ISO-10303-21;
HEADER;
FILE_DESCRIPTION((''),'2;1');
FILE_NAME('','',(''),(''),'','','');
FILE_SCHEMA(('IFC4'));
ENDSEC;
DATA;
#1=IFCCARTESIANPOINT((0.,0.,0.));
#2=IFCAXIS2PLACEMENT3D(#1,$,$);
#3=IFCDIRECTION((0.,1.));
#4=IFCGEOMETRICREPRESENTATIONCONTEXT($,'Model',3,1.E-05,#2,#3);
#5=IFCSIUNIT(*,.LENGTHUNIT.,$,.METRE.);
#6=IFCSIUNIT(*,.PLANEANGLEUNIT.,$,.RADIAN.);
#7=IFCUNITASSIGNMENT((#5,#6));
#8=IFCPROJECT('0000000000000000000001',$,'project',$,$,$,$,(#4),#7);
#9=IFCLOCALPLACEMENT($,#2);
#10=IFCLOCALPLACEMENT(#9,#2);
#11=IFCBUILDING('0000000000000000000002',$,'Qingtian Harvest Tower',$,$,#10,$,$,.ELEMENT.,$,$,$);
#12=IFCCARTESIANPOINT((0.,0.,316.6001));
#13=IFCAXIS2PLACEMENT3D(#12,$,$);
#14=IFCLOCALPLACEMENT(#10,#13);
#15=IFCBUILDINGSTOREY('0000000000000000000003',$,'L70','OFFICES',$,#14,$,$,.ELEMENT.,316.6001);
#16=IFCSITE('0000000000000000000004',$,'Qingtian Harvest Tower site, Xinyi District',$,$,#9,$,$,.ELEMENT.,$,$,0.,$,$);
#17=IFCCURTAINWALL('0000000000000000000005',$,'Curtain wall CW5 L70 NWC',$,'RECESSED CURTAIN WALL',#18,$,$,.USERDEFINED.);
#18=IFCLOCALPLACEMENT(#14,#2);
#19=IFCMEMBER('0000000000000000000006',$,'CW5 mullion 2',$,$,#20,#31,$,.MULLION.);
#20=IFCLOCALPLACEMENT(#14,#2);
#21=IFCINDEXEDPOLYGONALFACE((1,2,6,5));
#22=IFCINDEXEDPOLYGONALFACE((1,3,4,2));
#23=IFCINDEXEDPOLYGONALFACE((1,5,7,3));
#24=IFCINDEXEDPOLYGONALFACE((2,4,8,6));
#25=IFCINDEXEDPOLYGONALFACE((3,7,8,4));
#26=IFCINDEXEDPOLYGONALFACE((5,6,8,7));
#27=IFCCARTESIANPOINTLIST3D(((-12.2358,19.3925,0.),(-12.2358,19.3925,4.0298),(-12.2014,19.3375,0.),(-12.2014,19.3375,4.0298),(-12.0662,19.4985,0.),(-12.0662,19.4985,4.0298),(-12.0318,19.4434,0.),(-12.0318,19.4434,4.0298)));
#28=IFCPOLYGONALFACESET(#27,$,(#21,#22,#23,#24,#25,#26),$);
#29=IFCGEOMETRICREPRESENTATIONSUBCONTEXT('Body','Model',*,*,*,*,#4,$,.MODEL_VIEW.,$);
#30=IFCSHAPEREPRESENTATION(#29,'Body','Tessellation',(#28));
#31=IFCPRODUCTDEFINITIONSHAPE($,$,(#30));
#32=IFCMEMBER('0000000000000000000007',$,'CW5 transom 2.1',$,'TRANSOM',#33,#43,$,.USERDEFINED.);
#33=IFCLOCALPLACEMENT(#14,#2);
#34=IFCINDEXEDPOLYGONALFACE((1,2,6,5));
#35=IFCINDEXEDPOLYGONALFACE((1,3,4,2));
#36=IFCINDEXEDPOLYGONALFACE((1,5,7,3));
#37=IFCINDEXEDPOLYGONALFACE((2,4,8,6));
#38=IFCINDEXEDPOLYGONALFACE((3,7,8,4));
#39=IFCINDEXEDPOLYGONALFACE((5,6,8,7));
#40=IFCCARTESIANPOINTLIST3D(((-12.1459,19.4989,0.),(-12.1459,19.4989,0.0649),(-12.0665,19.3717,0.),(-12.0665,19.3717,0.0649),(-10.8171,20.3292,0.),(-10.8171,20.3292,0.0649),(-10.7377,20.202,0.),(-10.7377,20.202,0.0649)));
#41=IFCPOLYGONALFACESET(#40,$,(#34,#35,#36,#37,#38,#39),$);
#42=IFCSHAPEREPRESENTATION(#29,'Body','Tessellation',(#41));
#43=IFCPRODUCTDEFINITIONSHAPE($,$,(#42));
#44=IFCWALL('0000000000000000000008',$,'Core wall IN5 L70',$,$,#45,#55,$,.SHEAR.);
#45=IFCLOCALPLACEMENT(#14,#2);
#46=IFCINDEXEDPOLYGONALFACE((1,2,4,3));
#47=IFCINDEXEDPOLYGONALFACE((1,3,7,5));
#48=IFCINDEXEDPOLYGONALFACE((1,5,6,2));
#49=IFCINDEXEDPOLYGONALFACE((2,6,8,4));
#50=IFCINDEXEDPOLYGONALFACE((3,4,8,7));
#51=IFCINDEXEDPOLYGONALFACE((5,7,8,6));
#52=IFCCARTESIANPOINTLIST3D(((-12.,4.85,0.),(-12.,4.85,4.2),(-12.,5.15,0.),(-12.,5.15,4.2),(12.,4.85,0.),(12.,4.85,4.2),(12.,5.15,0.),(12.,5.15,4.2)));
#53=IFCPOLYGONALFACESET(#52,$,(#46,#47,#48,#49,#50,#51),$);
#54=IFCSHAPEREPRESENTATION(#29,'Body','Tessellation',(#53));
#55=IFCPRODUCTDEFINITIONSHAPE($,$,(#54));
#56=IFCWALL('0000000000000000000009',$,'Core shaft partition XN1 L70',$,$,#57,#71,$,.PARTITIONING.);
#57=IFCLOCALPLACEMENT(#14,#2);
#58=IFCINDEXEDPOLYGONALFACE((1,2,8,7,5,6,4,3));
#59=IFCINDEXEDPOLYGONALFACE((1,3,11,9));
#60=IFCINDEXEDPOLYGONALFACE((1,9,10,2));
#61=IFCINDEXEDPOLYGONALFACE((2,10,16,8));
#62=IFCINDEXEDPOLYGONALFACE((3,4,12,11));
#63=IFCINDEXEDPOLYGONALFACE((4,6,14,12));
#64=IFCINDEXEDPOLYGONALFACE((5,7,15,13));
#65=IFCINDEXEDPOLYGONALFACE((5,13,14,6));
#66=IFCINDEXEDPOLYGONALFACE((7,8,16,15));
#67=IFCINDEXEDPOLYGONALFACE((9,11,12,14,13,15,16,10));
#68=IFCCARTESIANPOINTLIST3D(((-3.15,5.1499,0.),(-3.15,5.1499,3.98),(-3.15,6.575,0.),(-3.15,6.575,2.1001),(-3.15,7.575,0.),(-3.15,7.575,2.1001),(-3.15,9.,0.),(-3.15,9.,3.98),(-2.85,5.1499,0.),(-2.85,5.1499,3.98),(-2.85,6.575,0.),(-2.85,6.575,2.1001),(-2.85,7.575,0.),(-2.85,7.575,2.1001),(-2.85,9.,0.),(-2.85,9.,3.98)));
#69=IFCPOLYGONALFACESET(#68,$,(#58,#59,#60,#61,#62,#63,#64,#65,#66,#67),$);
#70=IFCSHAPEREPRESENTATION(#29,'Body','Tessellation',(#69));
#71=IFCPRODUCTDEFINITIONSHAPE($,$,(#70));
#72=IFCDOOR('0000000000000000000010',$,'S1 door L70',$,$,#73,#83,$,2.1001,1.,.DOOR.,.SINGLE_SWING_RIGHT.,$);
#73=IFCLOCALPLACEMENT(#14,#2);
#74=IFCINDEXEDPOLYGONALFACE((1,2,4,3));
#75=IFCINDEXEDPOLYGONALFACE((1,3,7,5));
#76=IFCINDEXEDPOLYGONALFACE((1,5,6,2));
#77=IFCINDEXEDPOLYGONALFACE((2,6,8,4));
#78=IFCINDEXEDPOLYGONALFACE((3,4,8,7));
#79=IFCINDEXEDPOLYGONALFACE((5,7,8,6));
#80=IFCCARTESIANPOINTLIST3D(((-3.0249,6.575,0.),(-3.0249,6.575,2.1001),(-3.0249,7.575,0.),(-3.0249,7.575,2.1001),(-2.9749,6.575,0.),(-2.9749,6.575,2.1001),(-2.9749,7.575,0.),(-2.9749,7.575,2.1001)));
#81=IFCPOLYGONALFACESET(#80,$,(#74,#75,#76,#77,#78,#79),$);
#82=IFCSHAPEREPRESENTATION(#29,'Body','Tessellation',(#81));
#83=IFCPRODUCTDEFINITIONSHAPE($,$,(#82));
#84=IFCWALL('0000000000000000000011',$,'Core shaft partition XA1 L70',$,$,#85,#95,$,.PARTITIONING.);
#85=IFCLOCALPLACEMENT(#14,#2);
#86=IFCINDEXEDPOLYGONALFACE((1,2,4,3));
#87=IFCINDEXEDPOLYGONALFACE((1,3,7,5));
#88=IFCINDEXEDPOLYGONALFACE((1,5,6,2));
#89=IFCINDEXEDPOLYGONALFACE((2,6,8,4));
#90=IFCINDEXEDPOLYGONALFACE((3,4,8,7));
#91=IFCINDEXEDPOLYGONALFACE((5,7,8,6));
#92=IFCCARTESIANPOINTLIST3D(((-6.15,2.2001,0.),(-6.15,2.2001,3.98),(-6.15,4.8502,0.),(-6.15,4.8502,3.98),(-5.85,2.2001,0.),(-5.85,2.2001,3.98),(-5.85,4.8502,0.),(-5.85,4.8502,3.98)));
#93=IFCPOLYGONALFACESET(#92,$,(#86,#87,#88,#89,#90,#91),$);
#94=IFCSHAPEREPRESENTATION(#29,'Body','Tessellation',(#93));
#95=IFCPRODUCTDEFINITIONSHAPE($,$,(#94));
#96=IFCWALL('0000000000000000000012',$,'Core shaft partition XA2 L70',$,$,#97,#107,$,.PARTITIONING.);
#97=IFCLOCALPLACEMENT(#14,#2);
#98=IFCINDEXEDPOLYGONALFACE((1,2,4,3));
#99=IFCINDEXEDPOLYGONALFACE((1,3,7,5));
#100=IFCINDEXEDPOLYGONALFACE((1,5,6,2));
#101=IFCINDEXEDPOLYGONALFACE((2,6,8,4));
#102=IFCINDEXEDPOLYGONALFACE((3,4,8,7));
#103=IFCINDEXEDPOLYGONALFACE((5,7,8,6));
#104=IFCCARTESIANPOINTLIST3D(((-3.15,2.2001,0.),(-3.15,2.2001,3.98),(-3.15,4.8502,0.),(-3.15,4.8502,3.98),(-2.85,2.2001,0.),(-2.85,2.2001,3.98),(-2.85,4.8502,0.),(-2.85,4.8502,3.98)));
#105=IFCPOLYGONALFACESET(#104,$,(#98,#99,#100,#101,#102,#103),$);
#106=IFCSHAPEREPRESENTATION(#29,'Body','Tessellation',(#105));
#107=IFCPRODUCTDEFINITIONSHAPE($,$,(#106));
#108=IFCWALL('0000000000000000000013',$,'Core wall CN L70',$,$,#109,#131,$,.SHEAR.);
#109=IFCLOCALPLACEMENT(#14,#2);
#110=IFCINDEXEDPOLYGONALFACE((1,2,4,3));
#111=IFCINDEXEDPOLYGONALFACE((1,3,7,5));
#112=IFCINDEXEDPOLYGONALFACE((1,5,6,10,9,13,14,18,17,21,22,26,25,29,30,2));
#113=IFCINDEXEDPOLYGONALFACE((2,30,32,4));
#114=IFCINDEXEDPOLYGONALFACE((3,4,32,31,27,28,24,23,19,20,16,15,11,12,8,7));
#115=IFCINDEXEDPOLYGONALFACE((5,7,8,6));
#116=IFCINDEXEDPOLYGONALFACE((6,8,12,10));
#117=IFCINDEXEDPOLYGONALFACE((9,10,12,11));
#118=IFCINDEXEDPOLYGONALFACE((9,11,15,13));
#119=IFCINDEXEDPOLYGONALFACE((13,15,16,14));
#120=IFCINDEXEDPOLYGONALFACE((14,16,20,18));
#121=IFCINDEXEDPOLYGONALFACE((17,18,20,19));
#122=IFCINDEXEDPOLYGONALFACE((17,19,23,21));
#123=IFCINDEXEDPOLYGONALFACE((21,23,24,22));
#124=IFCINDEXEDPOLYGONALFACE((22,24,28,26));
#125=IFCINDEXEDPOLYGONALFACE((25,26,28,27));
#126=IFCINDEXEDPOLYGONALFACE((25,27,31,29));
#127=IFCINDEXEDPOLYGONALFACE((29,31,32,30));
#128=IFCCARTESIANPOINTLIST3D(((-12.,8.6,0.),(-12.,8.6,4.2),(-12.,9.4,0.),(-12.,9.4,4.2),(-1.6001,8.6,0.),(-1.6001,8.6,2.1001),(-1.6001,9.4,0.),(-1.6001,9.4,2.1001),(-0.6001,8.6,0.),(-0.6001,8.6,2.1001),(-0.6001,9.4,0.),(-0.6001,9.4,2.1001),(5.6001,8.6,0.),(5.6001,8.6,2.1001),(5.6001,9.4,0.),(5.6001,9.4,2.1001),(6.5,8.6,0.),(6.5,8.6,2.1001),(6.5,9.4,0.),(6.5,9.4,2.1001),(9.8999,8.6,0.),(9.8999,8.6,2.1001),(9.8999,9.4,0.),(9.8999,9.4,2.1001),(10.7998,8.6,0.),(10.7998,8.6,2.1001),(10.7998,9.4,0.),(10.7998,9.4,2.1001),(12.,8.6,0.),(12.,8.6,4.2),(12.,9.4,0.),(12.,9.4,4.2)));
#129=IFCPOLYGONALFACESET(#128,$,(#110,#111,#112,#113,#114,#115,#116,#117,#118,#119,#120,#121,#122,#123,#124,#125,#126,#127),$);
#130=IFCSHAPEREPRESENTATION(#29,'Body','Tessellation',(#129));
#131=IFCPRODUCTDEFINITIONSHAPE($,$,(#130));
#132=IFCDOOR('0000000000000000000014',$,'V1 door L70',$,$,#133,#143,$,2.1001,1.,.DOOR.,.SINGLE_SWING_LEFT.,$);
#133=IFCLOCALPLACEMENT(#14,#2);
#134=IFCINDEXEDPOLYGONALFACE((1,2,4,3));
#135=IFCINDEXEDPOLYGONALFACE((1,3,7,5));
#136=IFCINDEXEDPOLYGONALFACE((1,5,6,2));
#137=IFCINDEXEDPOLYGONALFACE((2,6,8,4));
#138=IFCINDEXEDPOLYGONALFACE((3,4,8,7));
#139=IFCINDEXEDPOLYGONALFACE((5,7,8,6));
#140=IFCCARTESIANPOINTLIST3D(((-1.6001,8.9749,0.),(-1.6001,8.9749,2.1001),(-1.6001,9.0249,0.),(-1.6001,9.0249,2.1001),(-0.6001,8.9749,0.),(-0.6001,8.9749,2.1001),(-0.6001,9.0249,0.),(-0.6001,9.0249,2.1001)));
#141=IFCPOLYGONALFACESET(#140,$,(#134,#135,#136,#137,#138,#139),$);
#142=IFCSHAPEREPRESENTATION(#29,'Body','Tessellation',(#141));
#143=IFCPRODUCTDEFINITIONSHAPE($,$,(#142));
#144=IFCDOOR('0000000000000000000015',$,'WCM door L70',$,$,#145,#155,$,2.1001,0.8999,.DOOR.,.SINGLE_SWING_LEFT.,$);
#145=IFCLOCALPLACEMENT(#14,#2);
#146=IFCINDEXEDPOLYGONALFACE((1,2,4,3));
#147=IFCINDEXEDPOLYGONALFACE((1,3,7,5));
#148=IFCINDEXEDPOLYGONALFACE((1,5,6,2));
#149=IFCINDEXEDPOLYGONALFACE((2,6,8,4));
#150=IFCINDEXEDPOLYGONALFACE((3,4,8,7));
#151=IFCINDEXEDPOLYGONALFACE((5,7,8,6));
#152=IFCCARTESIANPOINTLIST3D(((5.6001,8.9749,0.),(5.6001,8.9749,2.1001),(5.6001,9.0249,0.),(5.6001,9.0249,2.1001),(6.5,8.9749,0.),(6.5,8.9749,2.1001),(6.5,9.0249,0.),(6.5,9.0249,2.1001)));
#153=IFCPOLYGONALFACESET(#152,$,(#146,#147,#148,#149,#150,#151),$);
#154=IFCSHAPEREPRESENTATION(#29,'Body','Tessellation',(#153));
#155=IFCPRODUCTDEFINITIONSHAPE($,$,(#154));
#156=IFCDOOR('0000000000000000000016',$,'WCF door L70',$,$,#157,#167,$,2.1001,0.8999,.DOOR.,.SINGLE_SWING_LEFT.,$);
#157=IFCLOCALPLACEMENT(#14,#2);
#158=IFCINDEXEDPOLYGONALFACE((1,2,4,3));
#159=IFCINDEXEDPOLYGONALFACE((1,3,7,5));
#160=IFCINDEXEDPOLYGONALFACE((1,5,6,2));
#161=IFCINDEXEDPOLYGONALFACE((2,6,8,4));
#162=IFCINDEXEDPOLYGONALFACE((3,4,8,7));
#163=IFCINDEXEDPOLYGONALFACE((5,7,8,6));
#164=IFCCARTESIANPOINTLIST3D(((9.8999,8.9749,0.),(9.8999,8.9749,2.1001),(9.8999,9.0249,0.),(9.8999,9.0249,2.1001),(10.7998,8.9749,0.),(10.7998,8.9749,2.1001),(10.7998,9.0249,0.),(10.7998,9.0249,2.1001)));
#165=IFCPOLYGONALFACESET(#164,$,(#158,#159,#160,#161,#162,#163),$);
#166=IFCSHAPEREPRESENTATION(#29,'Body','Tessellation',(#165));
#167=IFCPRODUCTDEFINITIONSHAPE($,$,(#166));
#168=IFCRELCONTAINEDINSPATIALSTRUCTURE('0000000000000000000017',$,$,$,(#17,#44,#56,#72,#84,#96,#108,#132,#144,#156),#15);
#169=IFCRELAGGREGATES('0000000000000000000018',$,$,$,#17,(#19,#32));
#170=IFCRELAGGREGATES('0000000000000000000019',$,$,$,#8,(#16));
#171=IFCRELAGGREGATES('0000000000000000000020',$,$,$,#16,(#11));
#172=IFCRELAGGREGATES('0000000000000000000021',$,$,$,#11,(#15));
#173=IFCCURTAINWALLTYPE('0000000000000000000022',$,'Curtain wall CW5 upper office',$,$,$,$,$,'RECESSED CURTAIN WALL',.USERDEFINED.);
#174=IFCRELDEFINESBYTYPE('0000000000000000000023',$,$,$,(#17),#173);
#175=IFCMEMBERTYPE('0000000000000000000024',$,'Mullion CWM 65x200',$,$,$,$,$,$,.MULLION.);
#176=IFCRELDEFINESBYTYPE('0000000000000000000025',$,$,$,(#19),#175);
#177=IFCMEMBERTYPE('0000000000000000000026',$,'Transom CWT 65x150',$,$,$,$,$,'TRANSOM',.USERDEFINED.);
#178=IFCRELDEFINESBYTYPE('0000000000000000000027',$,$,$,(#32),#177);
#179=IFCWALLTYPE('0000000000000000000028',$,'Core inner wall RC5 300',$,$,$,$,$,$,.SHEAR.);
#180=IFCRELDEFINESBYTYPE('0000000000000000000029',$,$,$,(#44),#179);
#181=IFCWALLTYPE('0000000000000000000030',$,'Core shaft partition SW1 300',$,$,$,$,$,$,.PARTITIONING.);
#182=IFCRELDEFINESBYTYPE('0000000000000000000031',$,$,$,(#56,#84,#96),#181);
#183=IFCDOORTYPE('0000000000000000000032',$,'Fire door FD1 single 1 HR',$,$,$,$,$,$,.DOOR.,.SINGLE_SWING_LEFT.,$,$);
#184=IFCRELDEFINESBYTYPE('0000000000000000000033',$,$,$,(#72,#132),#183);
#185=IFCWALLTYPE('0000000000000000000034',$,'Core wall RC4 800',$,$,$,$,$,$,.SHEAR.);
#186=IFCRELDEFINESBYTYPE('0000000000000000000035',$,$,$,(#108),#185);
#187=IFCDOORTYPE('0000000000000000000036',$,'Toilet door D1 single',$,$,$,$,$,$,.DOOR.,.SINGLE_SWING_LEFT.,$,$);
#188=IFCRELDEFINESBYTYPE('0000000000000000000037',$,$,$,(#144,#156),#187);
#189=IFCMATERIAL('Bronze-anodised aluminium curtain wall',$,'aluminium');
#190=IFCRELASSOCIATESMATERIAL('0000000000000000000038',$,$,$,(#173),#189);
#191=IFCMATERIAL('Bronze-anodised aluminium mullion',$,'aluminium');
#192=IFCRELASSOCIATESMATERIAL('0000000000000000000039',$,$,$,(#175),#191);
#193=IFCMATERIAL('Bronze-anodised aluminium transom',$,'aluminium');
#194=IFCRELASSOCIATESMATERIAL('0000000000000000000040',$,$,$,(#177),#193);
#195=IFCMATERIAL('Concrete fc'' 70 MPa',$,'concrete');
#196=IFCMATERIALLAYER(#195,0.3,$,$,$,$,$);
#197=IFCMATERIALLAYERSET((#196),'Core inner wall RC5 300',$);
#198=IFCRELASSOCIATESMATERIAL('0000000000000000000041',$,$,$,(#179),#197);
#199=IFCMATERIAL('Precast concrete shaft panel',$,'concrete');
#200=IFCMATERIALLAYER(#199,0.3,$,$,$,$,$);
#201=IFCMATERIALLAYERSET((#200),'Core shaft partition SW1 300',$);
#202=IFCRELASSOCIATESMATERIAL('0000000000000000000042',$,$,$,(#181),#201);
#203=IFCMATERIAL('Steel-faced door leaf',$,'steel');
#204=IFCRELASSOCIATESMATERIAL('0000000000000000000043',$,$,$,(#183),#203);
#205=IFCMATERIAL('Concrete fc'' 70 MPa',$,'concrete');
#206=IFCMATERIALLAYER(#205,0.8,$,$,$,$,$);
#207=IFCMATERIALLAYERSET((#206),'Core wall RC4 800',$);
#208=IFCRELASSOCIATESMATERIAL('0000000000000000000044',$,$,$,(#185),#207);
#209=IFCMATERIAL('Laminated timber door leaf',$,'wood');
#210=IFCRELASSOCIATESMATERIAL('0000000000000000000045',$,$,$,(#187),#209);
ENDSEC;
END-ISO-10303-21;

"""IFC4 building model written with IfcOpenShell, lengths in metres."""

from ifc_helpers import new_model, si_unit, direction, frame, frame_2d, origin, origin_2d, place, context, subcontext, project, spatial, rectangle, extrude, material, layer, layer_set, material_profile, profile_set, type_object, element, fill, aggregate, save


model = new_model("IFC4")

# Units and contexts
model_context = context("Model", 3, precision=1e-05, world=origin(), true_north=direction((0.0, 1.0)))
body_context = subcontext(model_context, "Body", "Model", "MODEL_VIEW")
ifc_project = project(units=[si_unit("LENGTHUNIT", "METRE"), si_unit("PLANEANGLEUNIT", "RADIAN")], contexts=[model_context])

# Site, building, storey
site_placement = place(None, origin())
site = spatial("IfcSite", under=ifc_project, at=site_placement, Name="Qingtian Harvest Tower site, Xinyi District", CompositionType="ELEMENT", RefElevation=0.0)
building_placement = place(site_placement, origin())
building = spatial("IfcBuilding", under=site, at=building_placement, Name="Qingtian Harvest Tower", CompositionType="ELEMENT")
storey_placement = place(building_placement, frame((0.0, 0.0, 316.6001)))
storey = spatial("IfcBuildingStorey", under=building, at=storey_placement, Name="L70", Description="OFFICES", CompositionType="ELEMENT", Elevation=316.6001)

# Curtain wall, members
ifc_material_1 = material(Name="Bronze-anodised aluminium curtain wall", Category="aluminium")
curtain_wall_type = type_object("IfcCurtainWallType", Name="Curtain wall CW5 upper office", ElementType="RECESSED CURTAIN WALL", PredefinedType="USERDEFINED", material=ifc_material_1)
curtain_wall_placement = place(storey_placement, origin())
curtain_wall = element("IfcCurtainWall", 1, at=curtain_wall_placement, inside=storey, type_object=curtain_wall_type, Name="Curtain wall CW5 L70 NWC", ObjectType="RECESSED CURTAIN WALL", PredefinedType="USERDEFINED")
ifc_material_2 = material(Name="Bronze-anodised aluminium mullion", Category="aluminium")
ifc_material_profile_1 = material_profile(ifc_material_2, rectangle(XDim=0.0649, YDim=0.2, at=origin_2d()), Name="AL 65x200")
ifc_profile_set_1 = profile_set([ifc_material_profile_1], Name="Bronze-anodised aluminium mullion")
member_type_1 = type_object("IfcMemberType", Name="Mullion CWM 65x200", PredefinedType="MULLION", material=ifc_profile_set_1)
member_1_placement = place(storey_placement, frame((-12.1338, 19.418, 0.0), z_axis=(0.0, 0.0, 1.0), x_axis=(-0.529919, 0.848048, 0.0)))
member_1 = element("IfcMember", 2, at=member_1_placement, type_object=member_type_1, Name="CW5 mullion 2", PredefinedType="MULLION", context=body_context, shape_type="SweptSolid", body=[
    extrude(rectangle(XDim=0.0649, YDim=0.2, at=origin_2d()), origin(), (0.0, 0.0, 1.0), 4.0298),
])
ifc_material_3 = material(Name="Bronze-anodised aluminium transom", Category="aluminium")
ifc_material_profile_2 = material_profile(ifc_material_3, rectangle(XDim=0.1499, YDim=0.0649, at=origin_2d()), Name="AL 65x150")
ifc_profile_set_2 = profile_set([ifc_material_profile_2], Name="Bronze-anodised aluminium transom")
member_type_2 = type_object("IfcMemberType", Name="Transom CWT 65x150", ElementType="TRANSOM", PredefinedType="USERDEFINED", material=ifc_profile_set_2)
member_2_placement = place(storey_placement, frame((-12.1062, 19.4353, 0.0325), z_axis=(0.84806, 0.529901, 0.0), x_axis=(-0.529901, 0.84806, 0.0)))
member_2 = element("IfcMember", 3, at=member_2_placement, type_object=member_type_2, Name="CW5 transom 2.1", ObjectType="TRANSOM", PredefinedType="USERDEFINED", context=body_context, shape_type="SweptSolid", body=[
    extrude(rectangle(XDim=0.1499, YDim=0.0649, at=origin_2d()), origin(), (0.0, 0.0, 1.0), 1.5669),
])
aggregate(curtain_wall, [member_1, member_2])

# Wall
ifc_material_4 = material(Name="Concrete fc' 70 MPa", Category="concrete")
ifc_layer_1 = layer(ifc_material_4, 0.3)
ifc_layer_set_1 = layer_set([ifc_layer_1], Name="Core inner wall RC5 300")
wall_type_1 = type_object("IfcWallType", Name="Core inner wall RC5 300", PredefinedType="SHEAR", material=ifc_layer_set_1)
wall_1_placement = place(storey_placement, frame((-12.0, 5.0, 0.0), z_axis=(0.0, 0.0, 1.0), x_axis=(1.0, 0.0, 0.0)))
element("IfcWall", 4, at=wall_1_placement, inside=storey, type_object=wall_type_1, Name="Core wall IN5 L70", PredefinedType="SHEAR", context=body_context, shape_type="SweptSolid", body=[
    extrude(rectangle(XDim=24.0, YDim=0.3, at=frame_2d((12.0, 0.0))), origin(), (0.0, 0.0, 1.0), 4.2),
])

# Wall, opening, door
ifc_material_5 = material(Name="Precast concrete shaft panel", Category="concrete")
ifc_layer_2 = layer(ifc_material_5, 0.3)
ifc_layer_set_2 = layer_set([ifc_layer_2], Name="Core shaft partition SW1 300")
wall_type_2 = type_object("IfcWallType", Name="Core shaft partition SW1 300", PredefinedType="PARTITIONING", material=ifc_layer_set_2)
wall_2_placement = place(storey_placement, frame((-3.0, 5.1499, 0.0), z_axis=(0.0, 0.0, 1.0), x_axis=(0.0, 1.0, 0.0)))
wall_2 = element("IfcWall", 5, at=wall_2_placement, inside=storey, type_object=wall_type_2, Name="Core shaft partition XN1 L70", PredefinedType="PARTITIONING", context=body_context, shape_type="SweptSolid", body=[
    extrude(rectangle(XDim=3.8501, YDim=0.3, at=frame_2d((1.925, 0.0))), origin(), (0.0, 0.0, 1.0), 3.98),
])
opening_1_placement = place(wall_2_placement, frame((1.425, 0.0, 0.0)))
opening_1 = element("IfcOpeningElement", 6, at=opening_1_placement, cuts=wall_2, PredefinedType="OPENING", context=body_context, shape_type="SweptSolid", body=[
    extrude(rectangle(XDim=1.0, YDim=2.1001, at=frame_2d((0.5, 1.05))), frame((0.0, 0.1599, 0.0), z_axis=(0.0, -1.0, 0.0), x_axis=(1.0, 0.0, 0.0)), (0.0, 0.0, 1.0), 0.3201),
])
ifc_material_6 = material(Name="Steel-faced door leaf", Category="steel")
door_type_1 = type_object("IfcDoorType", Name="Fire door FD1 single 1 HR", OperationType="SINGLE_SWING_LEFT", PredefinedType="DOOR", material=ifc_material_6)
door_1_placement = place(opening_1_placement, origin())
door_1 = element("IfcDoor", 7, at=door_1_placement, inside=storey, type_object=door_type_1, Name="S1 door L70", OperationType="SINGLE_SWING_RIGHT", OverallHeight=2.1001, OverallWidth=1.0, PredefinedType="DOOR", context=body_context, shape_type="SweptSolid", body=[
    extrude(rectangle(XDim=1.0, YDim=2.1001, at=frame_2d((0.5, 1.05))), frame((0.0, 0.0249, 0.0), z_axis=(0.0, -1.0, 0.0), x_axis=(1.0, 0.0, 0.0)), (0.0, 0.0, 1.0), 0.05),
])
fill(opening_1, door_1)

# Walls
for number, where, z_axis, x_axis, name in (
    (8, (-6.0, 2.2, 0.0), (0.0, 0.0, 1.0), (0.0, 1.0, 0.0), "Core shaft partition XA1 L70"),
    (9, (-3.0, 2.2, 0.0), (0.0, 0.0, 1.0), (0.0, 1.0, 0.0), "Core shaft partition XA2 L70"),
):
    element("IfcWall", number, at=place(storey_placement, frame(where, z_axis=z_axis, x_axis=x_axis)), inside=storey, type_object=wall_type_2, Name=name, PredefinedType="PARTITIONING", context=body_context, shape_type="SweptSolid", body=[
        extrude(rectangle(XDim=2.6501, YDim=0.3, at=frame_2d((1.3252, 0.0))), origin(), (0.0, 0.0, 1.0), 3.98),
    ])

# Wall, openings, doors
ifc_material_7 = material(Name="Concrete fc' 70 MPa", Category="concrete")
ifc_layer_3 = layer(ifc_material_7, 0.8)
ifc_layer_set_3 = layer_set([ifc_layer_3], Name="Core wall RC4 800")
wall_type_3 = type_object("IfcWallType", Name="Core wall RC4 800", PredefinedType="SHEAR", material=ifc_layer_set_3)
wall_3_placement = place(storey_placement, frame((-12.0, 9.0, 0.0), z_axis=(0.0, 0.0, 1.0), x_axis=(1.0, 0.0, 0.0)))
wall_3 = element("IfcWall", 10, at=wall_3_placement, inside=storey, type_object=wall_type_3, Name="Core wall CN L70", PredefinedType="SHEAR", context=body_context, shape_type="SweptSolid", body=[
    extrude(rectangle(XDim=24.0, YDim=0.8, at=frame_2d((12.0, 0.0))), origin(), (0.0, 0.0, 1.0), 4.2),
])
opening_2_placement = place(wall_3_placement, frame((10.3999, 0.0, 0.0)))
opening_2 = element("IfcOpeningElement", 11, at=opening_2_placement, cuts=wall_3, PredefinedType="OPENING", context=body_context, shape_type="SweptSolid", body=[
    extrude(rectangle(XDim=1.0, YDim=2.1001, at=frame_2d((0.5, 1.05))), frame((0.0, 0.4099, 0.0), z_axis=(0.0, -1.0, 0.0), x_axis=(1.0, 0.0, 0.0)), (0.0, 0.0, 1.0), 0.8201),
])
opening_3_placement = place(wall_3_placement, frame((17.6001, 0.0, 0.0)))
opening_3 = element("IfcOpeningElement", 12, at=opening_3_placement, cuts=wall_3, PredefinedType="OPENING", context=body_context, shape_type="SweptSolid", body=[
    extrude(rectangle(XDim=0.8999, YDim=2.1001, at=frame_2d((0.45, 1.05))), frame((0.0, 0.4099, 0.0), z_axis=(0.0, -1.0, 0.0), x_axis=(1.0, 0.0, 0.0)), (0.0, 0.0, 1.0), 0.8201),
])
opening_4_placement = place(wall_3_placement, frame((21.8999, 0.0, 0.0)))
opening_4 = element("IfcOpeningElement", 13, at=opening_4_placement, cuts=wall_3, PredefinedType="OPENING", context=body_context, shape_type="SweptSolid", body=[
    extrude(rectangle(XDim=0.8999, YDim=2.1001, at=frame_2d((0.45, 1.05))), frame((0.0, 0.4099, 0.0), z_axis=(0.0, -1.0, 0.0), x_axis=(1.0, 0.0, 0.0)), (0.0, 0.0, 1.0), 0.8201),
])
door_2_placement = place(opening_2_placement, origin())
door_2 = element("IfcDoor", 14, at=door_2_placement, inside=storey, type_object=door_type_1, Name="V1 door L70", OperationType="SINGLE_SWING_LEFT", OverallHeight=2.1001, OverallWidth=1.0, PredefinedType="DOOR", context=body_context, shape_type="SweptSolid", body=[
    extrude(rectangle(XDim=1.0, YDim=2.1001, at=frame_2d((0.5, 1.05))), frame((0.0, 0.0249, 0.0), z_axis=(0.0, -1.0, 0.0), x_axis=(1.0, 0.0, 0.0)), (0.0, 0.0, 1.0), 0.05),
])
fill(opening_2, door_2)
ifc_material_8 = material(Name="Laminated timber door leaf", Category="wood")
door_type_2 = type_object("IfcDoorType", Name="Toilet door D1 single", OperationType="SINGLE_SWING_LEFT", PredefinedType="DOOR", material=ifc_material_8)
door_3_placement = place(opening_3_placement, origin())
door_3 = element("IfcDoor", 15, at=door_3_placement, inside=storey, type_object=door_type_2, Name="WCM door L70", OperationType="SINGLE_SWING_LEFT", OverallHeight=2.1001, OverallWidth=0.8999, PredefinedType="DOOR", context=body_context, shape_type="SweptSolid", body=[
    extrude(rectangle(XDim=0.8999, YDim=2.1001, at=frame_2d((0.45, 1.05))), frame((0.0, 0.0249, 0.0), z_axis=(0.0, -1.0, 0.0), x_axis=(1.0, 0.0, 0.0)), (0.0, 0.0, 1.0), 0.05),
])
fill(opening_3, door_3)
door_4_placement = place(opening_4_placement, origin())
door_4 = element("IfcDoor", 16, at=door_4_placement, inside=storey, type_object=door_type_2, Name="WCF door L70", OperationType="SINGLE_SWING_LEFT", OverallHeight=2.1001, OverallWidth=0.8999, PredefinedType="DOOR", context=body_context, shape_type="SweptSolid", body=[
    extrude(rectangle(XDim=0.8999, YDim=2.1001, at=frame_2d((0.45, 1.05))), frame((0.0, 0.0249, 0.0), z_axis=(0.0, -1.0, 0.0), x_axis=(1.0, 0.0, 0.0)), (0.0, 0.0, 1.0), 0.05),
])
fill(opening_4, door_4)

save(model, "model.ifc")
